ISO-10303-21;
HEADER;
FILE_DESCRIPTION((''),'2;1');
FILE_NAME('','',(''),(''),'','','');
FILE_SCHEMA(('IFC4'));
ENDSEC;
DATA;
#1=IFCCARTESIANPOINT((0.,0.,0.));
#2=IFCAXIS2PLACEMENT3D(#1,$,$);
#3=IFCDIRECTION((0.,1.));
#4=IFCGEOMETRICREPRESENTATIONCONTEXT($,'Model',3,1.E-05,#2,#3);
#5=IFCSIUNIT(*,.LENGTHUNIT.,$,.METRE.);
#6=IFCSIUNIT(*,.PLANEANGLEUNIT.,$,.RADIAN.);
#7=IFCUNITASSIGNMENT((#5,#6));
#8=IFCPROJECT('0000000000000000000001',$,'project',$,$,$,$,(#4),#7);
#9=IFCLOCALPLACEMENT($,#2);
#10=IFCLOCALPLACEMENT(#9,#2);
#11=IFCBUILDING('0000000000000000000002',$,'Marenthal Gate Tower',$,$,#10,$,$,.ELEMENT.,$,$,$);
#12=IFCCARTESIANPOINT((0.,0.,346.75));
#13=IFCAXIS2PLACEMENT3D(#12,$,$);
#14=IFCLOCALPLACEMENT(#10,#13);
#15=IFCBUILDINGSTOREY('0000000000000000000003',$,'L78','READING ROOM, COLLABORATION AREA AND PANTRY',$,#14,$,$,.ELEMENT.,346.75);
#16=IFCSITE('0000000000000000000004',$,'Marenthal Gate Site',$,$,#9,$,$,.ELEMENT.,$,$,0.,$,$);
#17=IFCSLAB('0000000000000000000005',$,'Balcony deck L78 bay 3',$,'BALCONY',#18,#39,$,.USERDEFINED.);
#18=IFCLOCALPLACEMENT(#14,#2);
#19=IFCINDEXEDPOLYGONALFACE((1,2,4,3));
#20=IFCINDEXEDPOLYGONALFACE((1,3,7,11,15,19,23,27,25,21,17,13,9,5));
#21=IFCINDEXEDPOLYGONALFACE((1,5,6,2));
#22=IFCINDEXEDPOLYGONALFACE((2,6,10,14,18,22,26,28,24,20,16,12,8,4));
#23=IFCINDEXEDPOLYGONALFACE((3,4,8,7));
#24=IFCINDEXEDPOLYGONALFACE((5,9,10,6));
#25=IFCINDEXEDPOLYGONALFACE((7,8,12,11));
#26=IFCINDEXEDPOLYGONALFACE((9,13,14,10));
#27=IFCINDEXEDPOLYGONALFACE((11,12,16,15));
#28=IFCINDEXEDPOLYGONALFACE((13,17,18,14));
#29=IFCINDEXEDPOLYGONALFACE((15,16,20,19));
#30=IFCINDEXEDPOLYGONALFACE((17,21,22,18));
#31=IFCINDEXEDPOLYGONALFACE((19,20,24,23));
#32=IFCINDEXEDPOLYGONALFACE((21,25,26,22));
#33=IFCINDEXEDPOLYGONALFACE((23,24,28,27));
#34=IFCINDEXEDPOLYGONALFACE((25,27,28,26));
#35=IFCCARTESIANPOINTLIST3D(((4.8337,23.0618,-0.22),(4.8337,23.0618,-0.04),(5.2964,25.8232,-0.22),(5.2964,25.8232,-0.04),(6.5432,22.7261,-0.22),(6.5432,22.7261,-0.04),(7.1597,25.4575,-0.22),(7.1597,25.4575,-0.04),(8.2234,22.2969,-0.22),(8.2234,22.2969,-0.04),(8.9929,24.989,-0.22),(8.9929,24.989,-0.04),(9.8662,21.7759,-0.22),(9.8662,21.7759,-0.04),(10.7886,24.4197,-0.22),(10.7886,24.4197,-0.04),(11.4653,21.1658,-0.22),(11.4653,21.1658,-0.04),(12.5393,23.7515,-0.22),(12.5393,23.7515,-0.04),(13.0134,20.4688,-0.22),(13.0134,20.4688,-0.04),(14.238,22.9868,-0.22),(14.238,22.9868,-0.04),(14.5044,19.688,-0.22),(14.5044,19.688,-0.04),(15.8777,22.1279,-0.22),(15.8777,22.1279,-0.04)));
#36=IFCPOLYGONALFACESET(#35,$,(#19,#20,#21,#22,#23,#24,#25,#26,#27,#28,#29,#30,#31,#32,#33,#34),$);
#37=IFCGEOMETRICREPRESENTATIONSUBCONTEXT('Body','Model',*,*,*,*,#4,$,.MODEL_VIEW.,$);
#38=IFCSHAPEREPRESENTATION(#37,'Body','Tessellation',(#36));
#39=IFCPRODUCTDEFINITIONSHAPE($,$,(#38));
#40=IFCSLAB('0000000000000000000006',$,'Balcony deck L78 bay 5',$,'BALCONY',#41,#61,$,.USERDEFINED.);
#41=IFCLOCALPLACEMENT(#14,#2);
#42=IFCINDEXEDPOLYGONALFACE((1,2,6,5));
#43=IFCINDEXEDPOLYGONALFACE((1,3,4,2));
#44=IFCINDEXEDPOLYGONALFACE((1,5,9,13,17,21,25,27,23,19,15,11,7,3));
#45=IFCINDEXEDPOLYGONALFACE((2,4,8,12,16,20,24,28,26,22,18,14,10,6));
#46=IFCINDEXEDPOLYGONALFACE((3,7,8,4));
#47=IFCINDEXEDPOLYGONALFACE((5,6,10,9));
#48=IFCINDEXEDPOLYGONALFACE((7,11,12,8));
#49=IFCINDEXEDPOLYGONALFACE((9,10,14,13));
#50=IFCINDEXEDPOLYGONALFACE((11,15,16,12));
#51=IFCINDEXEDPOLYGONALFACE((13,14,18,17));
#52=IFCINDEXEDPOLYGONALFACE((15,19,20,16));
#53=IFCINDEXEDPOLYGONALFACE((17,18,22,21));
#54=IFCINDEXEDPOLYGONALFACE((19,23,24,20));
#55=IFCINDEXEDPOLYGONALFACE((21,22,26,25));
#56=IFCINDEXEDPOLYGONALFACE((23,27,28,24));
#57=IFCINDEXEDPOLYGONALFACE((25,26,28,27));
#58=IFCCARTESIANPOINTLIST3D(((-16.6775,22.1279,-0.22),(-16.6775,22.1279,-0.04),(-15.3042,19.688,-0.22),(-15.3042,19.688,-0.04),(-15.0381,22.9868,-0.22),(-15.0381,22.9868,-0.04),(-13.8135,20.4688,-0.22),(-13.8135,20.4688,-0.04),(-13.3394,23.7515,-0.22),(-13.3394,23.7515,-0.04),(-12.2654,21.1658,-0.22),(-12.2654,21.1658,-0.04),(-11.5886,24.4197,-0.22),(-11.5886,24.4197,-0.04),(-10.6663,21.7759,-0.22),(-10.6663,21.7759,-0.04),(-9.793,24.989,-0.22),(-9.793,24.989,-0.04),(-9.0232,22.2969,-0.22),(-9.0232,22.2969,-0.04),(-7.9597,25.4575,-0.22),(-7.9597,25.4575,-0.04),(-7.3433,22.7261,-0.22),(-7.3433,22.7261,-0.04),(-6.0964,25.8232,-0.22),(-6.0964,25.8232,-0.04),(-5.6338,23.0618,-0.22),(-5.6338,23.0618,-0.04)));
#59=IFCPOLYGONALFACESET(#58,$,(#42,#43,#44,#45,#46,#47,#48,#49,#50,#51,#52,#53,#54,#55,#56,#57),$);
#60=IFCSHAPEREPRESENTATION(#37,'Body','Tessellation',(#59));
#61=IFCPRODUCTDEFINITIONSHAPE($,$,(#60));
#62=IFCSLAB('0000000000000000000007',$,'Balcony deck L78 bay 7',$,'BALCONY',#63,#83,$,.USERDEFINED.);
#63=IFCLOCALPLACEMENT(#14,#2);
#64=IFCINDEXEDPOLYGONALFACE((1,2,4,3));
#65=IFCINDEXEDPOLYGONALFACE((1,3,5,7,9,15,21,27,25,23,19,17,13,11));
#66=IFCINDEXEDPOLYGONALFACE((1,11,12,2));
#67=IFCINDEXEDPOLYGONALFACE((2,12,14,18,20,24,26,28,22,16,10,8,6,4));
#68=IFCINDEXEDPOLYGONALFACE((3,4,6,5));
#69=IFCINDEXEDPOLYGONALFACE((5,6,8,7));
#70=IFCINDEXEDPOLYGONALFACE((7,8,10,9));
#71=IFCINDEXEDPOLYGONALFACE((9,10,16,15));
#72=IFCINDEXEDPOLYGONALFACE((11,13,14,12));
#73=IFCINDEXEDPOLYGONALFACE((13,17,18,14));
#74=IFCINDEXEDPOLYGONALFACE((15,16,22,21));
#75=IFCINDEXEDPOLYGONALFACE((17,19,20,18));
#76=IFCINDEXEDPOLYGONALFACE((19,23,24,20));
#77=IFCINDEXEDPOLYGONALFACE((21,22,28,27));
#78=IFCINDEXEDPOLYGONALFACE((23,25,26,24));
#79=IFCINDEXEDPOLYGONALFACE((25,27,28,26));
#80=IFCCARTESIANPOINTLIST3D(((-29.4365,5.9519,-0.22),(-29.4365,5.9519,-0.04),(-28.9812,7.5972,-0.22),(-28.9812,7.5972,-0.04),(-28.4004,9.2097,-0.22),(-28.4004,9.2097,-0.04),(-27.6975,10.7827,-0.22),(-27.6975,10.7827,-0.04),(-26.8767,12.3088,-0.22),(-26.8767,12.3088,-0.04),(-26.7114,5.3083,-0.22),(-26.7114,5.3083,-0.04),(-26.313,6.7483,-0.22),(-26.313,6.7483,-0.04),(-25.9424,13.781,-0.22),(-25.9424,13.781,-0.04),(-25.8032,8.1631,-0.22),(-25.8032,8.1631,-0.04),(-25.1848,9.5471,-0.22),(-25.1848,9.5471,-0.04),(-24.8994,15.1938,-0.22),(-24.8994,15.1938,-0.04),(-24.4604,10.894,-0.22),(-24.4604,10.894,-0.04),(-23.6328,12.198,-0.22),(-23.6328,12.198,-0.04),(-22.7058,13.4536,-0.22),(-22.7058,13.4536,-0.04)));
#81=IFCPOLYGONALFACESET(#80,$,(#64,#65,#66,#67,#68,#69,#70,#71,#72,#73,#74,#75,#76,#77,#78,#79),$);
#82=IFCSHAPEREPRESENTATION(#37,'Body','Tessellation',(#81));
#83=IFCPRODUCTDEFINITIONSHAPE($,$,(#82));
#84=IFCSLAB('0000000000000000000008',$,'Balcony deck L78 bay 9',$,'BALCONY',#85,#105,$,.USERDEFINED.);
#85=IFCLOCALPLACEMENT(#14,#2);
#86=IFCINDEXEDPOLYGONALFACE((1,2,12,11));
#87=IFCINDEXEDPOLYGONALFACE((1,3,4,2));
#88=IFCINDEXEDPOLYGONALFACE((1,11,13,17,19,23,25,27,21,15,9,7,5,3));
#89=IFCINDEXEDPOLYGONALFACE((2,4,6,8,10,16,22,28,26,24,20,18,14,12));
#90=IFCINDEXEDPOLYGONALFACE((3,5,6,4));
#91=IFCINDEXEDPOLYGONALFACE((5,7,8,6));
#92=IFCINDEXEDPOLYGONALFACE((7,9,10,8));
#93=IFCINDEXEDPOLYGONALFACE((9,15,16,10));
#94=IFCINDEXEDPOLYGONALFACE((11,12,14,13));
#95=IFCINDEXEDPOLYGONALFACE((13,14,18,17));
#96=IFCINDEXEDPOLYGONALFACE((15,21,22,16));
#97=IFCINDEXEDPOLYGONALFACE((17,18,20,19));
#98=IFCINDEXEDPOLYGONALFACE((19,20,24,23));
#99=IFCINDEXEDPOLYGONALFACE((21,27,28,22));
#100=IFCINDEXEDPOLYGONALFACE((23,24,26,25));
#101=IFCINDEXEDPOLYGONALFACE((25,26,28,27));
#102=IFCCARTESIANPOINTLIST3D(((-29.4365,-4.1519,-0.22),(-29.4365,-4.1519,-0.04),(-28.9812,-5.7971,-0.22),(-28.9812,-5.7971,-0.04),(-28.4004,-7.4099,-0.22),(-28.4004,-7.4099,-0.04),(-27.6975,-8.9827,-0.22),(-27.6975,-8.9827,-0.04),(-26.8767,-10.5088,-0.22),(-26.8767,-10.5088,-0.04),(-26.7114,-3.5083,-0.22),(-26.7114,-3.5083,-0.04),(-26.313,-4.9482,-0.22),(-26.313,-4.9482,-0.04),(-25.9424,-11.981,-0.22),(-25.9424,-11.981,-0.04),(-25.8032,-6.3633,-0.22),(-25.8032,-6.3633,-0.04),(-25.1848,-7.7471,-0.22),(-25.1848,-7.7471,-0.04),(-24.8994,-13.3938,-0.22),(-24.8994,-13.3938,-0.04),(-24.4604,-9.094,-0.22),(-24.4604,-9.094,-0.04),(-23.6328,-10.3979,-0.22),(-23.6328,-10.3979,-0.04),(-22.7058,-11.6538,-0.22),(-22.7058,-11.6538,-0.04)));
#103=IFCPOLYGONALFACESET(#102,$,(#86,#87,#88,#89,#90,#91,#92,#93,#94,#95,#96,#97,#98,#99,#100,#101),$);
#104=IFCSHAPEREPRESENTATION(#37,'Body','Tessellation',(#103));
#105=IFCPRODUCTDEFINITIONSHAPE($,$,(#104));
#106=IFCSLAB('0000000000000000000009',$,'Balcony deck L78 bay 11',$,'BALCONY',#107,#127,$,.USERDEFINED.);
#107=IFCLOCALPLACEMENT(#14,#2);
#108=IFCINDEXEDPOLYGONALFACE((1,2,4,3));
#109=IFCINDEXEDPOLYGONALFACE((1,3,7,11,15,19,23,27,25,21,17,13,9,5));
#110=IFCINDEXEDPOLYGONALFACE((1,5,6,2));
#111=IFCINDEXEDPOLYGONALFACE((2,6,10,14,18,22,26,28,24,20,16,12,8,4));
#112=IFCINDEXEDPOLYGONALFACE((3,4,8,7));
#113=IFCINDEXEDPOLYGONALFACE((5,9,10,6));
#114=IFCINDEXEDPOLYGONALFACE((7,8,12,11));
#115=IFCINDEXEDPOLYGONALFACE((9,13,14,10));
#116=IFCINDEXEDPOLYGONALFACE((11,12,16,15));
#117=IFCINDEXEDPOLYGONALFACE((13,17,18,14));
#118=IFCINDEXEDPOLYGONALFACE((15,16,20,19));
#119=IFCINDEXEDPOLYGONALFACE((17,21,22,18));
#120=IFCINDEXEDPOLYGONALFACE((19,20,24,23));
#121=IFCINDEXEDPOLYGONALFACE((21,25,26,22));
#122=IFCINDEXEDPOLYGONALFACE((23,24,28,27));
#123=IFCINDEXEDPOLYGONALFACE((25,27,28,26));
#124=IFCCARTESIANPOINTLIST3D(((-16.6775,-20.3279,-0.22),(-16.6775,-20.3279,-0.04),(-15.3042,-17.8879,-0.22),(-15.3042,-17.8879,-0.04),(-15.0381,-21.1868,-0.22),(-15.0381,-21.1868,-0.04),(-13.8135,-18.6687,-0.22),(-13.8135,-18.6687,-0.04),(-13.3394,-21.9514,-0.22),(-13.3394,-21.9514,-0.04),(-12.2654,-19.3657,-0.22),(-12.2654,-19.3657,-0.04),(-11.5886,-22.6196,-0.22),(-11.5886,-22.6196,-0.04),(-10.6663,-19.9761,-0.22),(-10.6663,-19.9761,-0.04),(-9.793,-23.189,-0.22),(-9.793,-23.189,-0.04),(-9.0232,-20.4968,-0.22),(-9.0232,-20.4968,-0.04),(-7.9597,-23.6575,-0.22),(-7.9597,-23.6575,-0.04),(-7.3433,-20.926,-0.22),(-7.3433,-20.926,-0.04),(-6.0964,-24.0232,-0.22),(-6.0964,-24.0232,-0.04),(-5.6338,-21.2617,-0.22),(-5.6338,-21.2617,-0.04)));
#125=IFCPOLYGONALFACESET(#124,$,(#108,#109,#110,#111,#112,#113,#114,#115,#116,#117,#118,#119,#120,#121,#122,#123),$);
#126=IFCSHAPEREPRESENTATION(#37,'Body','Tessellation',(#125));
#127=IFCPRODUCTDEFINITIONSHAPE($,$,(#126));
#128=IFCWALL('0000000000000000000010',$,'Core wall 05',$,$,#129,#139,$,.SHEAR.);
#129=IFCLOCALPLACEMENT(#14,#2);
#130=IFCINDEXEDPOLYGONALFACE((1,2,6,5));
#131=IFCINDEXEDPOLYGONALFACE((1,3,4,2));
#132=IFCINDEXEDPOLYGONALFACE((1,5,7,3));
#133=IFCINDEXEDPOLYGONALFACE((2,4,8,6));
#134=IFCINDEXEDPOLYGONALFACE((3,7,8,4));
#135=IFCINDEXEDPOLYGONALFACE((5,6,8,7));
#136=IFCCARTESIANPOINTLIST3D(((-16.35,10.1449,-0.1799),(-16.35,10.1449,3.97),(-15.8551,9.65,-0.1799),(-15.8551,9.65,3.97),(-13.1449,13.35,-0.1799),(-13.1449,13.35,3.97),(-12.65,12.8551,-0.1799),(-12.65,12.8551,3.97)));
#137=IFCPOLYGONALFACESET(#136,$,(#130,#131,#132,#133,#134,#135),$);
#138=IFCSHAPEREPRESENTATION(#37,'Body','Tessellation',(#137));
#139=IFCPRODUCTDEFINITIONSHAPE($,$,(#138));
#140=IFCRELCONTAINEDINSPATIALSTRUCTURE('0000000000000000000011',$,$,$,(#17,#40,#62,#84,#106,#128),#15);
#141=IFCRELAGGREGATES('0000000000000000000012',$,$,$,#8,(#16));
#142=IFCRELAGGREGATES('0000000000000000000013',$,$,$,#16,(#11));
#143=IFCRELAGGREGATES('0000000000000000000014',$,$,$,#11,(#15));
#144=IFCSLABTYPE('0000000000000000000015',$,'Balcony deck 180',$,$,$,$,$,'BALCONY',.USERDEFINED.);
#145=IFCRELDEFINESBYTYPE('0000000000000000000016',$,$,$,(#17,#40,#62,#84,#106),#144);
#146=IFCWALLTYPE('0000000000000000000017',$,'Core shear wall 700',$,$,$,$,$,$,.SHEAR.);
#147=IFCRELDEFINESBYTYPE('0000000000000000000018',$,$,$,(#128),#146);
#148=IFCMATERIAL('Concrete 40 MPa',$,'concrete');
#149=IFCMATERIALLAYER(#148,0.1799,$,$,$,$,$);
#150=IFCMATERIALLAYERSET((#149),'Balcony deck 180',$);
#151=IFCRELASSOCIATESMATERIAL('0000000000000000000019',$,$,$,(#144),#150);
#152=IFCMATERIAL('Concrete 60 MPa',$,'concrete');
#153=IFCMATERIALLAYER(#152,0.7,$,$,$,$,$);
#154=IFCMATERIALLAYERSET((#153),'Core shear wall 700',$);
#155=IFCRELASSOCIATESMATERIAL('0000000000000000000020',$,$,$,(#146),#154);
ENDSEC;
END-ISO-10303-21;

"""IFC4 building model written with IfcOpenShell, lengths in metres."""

from ifc_helpers import new_model, si_unit, direction, frame, frame_2d, origin, place, context, subcontext, project, spatial, polyline, rectangle, outline, extrude, material, layer, layer_set, type_object, element, save


model = new_model("IFC4")

# Units and contexts
model_context = context("Model", 3, precision=1e-05, world=origin(), true_north=direction((0.0, 1.0)))
body_context = subcontext(model_context, "Body", "Model", "MODEL_VIEW")
ifc_project = project(units=[si_unit("LENGTHUNIT", "METRE"), si_unit("PLANEANGLEUNIT", "RADIAN")], contexts=[model_context])

# Site, building, storey
site_placement = place(None, origin())
site = spatial("IfcSite", under=ifc_project, at=site_placement, Name="Marenthal Gate Site", CompositionType="ELEMENT", RefElevation=0.0)
building_placement = place(site_placement, origin())
building = spatial("IfcBuilding", under=site, at=building_placement, Name="Marenthal Gate Tower", CompositionType="ELEMENT")
storey_placement = place(building_placement, frame((0.0, 0.0, 346.75)))
storey = spatial("IfcBuildingStorey", under=building, at=storey_placement, Name="L78", Description="READING ROOM, COLLABORATION AREA AND PANTRY", CompositionType="ELEMENT", Elevation=346.75)

# Slabs
ifc_material_1 = material(Name="Concrete 40 MPa", Category="concrete")
ifc_layer_1 = layer(ifc_material_1, 0.1799)
ifc_layer_set_1 = layer_set([ifc_layer_1], Name="Balcony deck 180")
slab_type = type_object("IfcSlabType", Name="Balcony deck 180", ElementType="BALCONY", PredefinedType="USERDEFINED", material=ifc_layer_set_1)
slab_1_placement = place(storey_placement, frame((0.0, 0.0, -0.22)))
element("IfcSlab", 1, at=slab_1_placement, inside=storey, type_object=slab_type, Name="Balcony deck L78 bay 3", ObjectType="BALCONY", PredefinedType="USERDEFINED", context=body_context, shape_type="SweptSolid", body=[
    extrude(outline(polyline([(14.5044, 19.688), (13.0134, 20.4688), (11.4653, 21.1658), (9.8662, 21.7759), (8.2234, 22.2969), (6.5432, 22.7261), (4.8337, 23.0618), (5.2964, 25.8232), (7.1597, 25.4575), (8.9929, 24.989), (10.7886, 24.4197), (12.5393, 23.7515), (14.238, 22.9868), (15.8777, 22.1279), (14.5044, 19.688)])), origin(), (0.0, 0.0, 1.0), 0.1799),
])
slab_2_placement = place(storey_placement, frame((0.0, 0.0, -0.22)))
element("IfcSlab", 2, at=slab_2_placement, inside=storey, type_object=slab_type, Name="Balcony deck L78 bay 5", ObjectType="BALCONY", PredefinedType="USERDEFINED", context=body_context, shape_type="SweptSolid", body=[
    extrude(outline(polyline([(-5.6338, 23.0618), (-7.3433, 22.7261), (-9.0232, 22.2969), (-10.6663, 21.7759), (-12.2654, 21.1658), (-13.8135, 20.4688), (-15.3042, 19.688), (-16.6775, 22.1279), (-15.0381, 22.9868), (-13.3394, 23.7515), (-11.5886, 24.4197), (-9.793, 24.989), (-7.9597, 25.4575), (-6.0964, 25.8232), (-5.6338, 23.0618)])), origin(), (0.0, 0.0, 1.0), 0.1799),
])
slab_3_placement = place(storey_placement, frame((0.0, 0.0, -0.22)))
element("IfcSlab", 3, at=slab_3_placement, inside=storey, type_object=slab_type, Name="Balcony deck L78 bay 7", ObjectType="BALCONY", PredefinedType="USERDEFINED", context=body_context, shape_type="SweptSolid", body=[
    extrude(outline(polyline([(-22.7058, 13.4536), (-23.6328, 12.198), (-24.4604, 10.894), (-25.1848, 9.5471), (-25.8032, 8.1631), (-26.313, 6.7483), (-26.7114, 5.3083), (-29.4365, 5.9519), (-28.9812, 7.5972), (-28.4004, 9.2097), (-27.6975, 10.7827), (-26.8767, 12.3088), (-25.9424, 13.781), (-24.8994, 15.1938), (-22.7058, 13.4536)])), origin(), (0.0, 0.0, 1.0), 0.1799),
])
slab_4_placement = place(storey_placement, frame((0.0, 0.0, -0.22)))
element("IfcSlab", 4, at=slab_4_placement, inside=storey, type_object=slab_type, Name="Balcony deck L78 bay 9", ObjectType="BALCONY", PredefinedType="USERDEFINED", context=body_context, shape_type="SweptSolid", body=[
    extrude(outline(polyline([(-26.7114, -3.5083), (-26.313, -4.9482), (-25.8032, -6.3633), (-25.1848, -7.7471), (-24.4604, -9.094), (-23.6328, -10.3979), (-22.7058, -11.6538), (-24.8994, -13.3938), (-25.9424, -11.981), (-26.8767, -10.5088), (-27.6975, -8.9827), (-28.4004, -7.4099), (-28.9812, -5.7971), (-29.4365, -4.1519), (-26.7114, -3.5083)])), origin(), (0.0, 0.0, 1.0), 0.1799),
])
slab_5_placement = place(storey_placement, frame((0.0, 0.0, -0.22)))
element("IfcSlab", 5, at=slab_5_placement, inside=storey, type_object=slab_type, Name="Balcony deck L78 bay 11", ObjectType="BALCONY", PredefinedType="USERDEFINED", context=body_context, shape_type="SweptSolid", body=[
    extrude(outline(polyline([(-15.3042, -17.8879), (-13.8135, -18.6687), (-12.2654, -19.3657), (-10.6663, -19.9761), (-9.0232, -20.4968), (-7.3433, -20.926), (-5.6338, -21.2617), (-6.0964, -24.0232), (-7.9597, -23.6575), (-9.793, -23.189), (-11.5886, -22.6196), (-13.3394, -21.9514), (-15.0381, -21.1868), (-16.6775, -20.3279), (-15.3042, -17.8879)])), origin(), (0.0, 0.0, 1.0), 0.1799),
])

# Wall
ifc_material_2 = material(Name="Concrete 60 MPa", Category="concrete")
ifc_layer_2 = layer(ifc_material_2, 0.7)
ifc_layer_set_2 = layer_set([ifc_layer_2], Name="Core shear wall 700")
wall_type_1 = type_object("IfcWallType", Name="Core shear wall 700", PredefinedType="SHEAR", material=ifc_layer_set_2)
wall_1_placement = place(storey_placement, frame((-12.8975, 13.1025, -0.1799), z_axis=(0.0, 0.0, 1.0), x_axis=(-0.707107, -0.707107, 0.0)))
element("IfcWall", 6, at=wall_1_placement, inside=storey, type_object=wall_type_1, Name="Core wall 05", PredefinedType="SHEAR", context=body_context, shape_type="SweptSolid", body=[
    extrude(rectangle(XDim=4.5327, YDim=0.7, at=frame_2d((2.2664, 0.0))), origin(), (0.0, 0.0, 1.0), 4.1499),
])

save(model, "model.ifc")
